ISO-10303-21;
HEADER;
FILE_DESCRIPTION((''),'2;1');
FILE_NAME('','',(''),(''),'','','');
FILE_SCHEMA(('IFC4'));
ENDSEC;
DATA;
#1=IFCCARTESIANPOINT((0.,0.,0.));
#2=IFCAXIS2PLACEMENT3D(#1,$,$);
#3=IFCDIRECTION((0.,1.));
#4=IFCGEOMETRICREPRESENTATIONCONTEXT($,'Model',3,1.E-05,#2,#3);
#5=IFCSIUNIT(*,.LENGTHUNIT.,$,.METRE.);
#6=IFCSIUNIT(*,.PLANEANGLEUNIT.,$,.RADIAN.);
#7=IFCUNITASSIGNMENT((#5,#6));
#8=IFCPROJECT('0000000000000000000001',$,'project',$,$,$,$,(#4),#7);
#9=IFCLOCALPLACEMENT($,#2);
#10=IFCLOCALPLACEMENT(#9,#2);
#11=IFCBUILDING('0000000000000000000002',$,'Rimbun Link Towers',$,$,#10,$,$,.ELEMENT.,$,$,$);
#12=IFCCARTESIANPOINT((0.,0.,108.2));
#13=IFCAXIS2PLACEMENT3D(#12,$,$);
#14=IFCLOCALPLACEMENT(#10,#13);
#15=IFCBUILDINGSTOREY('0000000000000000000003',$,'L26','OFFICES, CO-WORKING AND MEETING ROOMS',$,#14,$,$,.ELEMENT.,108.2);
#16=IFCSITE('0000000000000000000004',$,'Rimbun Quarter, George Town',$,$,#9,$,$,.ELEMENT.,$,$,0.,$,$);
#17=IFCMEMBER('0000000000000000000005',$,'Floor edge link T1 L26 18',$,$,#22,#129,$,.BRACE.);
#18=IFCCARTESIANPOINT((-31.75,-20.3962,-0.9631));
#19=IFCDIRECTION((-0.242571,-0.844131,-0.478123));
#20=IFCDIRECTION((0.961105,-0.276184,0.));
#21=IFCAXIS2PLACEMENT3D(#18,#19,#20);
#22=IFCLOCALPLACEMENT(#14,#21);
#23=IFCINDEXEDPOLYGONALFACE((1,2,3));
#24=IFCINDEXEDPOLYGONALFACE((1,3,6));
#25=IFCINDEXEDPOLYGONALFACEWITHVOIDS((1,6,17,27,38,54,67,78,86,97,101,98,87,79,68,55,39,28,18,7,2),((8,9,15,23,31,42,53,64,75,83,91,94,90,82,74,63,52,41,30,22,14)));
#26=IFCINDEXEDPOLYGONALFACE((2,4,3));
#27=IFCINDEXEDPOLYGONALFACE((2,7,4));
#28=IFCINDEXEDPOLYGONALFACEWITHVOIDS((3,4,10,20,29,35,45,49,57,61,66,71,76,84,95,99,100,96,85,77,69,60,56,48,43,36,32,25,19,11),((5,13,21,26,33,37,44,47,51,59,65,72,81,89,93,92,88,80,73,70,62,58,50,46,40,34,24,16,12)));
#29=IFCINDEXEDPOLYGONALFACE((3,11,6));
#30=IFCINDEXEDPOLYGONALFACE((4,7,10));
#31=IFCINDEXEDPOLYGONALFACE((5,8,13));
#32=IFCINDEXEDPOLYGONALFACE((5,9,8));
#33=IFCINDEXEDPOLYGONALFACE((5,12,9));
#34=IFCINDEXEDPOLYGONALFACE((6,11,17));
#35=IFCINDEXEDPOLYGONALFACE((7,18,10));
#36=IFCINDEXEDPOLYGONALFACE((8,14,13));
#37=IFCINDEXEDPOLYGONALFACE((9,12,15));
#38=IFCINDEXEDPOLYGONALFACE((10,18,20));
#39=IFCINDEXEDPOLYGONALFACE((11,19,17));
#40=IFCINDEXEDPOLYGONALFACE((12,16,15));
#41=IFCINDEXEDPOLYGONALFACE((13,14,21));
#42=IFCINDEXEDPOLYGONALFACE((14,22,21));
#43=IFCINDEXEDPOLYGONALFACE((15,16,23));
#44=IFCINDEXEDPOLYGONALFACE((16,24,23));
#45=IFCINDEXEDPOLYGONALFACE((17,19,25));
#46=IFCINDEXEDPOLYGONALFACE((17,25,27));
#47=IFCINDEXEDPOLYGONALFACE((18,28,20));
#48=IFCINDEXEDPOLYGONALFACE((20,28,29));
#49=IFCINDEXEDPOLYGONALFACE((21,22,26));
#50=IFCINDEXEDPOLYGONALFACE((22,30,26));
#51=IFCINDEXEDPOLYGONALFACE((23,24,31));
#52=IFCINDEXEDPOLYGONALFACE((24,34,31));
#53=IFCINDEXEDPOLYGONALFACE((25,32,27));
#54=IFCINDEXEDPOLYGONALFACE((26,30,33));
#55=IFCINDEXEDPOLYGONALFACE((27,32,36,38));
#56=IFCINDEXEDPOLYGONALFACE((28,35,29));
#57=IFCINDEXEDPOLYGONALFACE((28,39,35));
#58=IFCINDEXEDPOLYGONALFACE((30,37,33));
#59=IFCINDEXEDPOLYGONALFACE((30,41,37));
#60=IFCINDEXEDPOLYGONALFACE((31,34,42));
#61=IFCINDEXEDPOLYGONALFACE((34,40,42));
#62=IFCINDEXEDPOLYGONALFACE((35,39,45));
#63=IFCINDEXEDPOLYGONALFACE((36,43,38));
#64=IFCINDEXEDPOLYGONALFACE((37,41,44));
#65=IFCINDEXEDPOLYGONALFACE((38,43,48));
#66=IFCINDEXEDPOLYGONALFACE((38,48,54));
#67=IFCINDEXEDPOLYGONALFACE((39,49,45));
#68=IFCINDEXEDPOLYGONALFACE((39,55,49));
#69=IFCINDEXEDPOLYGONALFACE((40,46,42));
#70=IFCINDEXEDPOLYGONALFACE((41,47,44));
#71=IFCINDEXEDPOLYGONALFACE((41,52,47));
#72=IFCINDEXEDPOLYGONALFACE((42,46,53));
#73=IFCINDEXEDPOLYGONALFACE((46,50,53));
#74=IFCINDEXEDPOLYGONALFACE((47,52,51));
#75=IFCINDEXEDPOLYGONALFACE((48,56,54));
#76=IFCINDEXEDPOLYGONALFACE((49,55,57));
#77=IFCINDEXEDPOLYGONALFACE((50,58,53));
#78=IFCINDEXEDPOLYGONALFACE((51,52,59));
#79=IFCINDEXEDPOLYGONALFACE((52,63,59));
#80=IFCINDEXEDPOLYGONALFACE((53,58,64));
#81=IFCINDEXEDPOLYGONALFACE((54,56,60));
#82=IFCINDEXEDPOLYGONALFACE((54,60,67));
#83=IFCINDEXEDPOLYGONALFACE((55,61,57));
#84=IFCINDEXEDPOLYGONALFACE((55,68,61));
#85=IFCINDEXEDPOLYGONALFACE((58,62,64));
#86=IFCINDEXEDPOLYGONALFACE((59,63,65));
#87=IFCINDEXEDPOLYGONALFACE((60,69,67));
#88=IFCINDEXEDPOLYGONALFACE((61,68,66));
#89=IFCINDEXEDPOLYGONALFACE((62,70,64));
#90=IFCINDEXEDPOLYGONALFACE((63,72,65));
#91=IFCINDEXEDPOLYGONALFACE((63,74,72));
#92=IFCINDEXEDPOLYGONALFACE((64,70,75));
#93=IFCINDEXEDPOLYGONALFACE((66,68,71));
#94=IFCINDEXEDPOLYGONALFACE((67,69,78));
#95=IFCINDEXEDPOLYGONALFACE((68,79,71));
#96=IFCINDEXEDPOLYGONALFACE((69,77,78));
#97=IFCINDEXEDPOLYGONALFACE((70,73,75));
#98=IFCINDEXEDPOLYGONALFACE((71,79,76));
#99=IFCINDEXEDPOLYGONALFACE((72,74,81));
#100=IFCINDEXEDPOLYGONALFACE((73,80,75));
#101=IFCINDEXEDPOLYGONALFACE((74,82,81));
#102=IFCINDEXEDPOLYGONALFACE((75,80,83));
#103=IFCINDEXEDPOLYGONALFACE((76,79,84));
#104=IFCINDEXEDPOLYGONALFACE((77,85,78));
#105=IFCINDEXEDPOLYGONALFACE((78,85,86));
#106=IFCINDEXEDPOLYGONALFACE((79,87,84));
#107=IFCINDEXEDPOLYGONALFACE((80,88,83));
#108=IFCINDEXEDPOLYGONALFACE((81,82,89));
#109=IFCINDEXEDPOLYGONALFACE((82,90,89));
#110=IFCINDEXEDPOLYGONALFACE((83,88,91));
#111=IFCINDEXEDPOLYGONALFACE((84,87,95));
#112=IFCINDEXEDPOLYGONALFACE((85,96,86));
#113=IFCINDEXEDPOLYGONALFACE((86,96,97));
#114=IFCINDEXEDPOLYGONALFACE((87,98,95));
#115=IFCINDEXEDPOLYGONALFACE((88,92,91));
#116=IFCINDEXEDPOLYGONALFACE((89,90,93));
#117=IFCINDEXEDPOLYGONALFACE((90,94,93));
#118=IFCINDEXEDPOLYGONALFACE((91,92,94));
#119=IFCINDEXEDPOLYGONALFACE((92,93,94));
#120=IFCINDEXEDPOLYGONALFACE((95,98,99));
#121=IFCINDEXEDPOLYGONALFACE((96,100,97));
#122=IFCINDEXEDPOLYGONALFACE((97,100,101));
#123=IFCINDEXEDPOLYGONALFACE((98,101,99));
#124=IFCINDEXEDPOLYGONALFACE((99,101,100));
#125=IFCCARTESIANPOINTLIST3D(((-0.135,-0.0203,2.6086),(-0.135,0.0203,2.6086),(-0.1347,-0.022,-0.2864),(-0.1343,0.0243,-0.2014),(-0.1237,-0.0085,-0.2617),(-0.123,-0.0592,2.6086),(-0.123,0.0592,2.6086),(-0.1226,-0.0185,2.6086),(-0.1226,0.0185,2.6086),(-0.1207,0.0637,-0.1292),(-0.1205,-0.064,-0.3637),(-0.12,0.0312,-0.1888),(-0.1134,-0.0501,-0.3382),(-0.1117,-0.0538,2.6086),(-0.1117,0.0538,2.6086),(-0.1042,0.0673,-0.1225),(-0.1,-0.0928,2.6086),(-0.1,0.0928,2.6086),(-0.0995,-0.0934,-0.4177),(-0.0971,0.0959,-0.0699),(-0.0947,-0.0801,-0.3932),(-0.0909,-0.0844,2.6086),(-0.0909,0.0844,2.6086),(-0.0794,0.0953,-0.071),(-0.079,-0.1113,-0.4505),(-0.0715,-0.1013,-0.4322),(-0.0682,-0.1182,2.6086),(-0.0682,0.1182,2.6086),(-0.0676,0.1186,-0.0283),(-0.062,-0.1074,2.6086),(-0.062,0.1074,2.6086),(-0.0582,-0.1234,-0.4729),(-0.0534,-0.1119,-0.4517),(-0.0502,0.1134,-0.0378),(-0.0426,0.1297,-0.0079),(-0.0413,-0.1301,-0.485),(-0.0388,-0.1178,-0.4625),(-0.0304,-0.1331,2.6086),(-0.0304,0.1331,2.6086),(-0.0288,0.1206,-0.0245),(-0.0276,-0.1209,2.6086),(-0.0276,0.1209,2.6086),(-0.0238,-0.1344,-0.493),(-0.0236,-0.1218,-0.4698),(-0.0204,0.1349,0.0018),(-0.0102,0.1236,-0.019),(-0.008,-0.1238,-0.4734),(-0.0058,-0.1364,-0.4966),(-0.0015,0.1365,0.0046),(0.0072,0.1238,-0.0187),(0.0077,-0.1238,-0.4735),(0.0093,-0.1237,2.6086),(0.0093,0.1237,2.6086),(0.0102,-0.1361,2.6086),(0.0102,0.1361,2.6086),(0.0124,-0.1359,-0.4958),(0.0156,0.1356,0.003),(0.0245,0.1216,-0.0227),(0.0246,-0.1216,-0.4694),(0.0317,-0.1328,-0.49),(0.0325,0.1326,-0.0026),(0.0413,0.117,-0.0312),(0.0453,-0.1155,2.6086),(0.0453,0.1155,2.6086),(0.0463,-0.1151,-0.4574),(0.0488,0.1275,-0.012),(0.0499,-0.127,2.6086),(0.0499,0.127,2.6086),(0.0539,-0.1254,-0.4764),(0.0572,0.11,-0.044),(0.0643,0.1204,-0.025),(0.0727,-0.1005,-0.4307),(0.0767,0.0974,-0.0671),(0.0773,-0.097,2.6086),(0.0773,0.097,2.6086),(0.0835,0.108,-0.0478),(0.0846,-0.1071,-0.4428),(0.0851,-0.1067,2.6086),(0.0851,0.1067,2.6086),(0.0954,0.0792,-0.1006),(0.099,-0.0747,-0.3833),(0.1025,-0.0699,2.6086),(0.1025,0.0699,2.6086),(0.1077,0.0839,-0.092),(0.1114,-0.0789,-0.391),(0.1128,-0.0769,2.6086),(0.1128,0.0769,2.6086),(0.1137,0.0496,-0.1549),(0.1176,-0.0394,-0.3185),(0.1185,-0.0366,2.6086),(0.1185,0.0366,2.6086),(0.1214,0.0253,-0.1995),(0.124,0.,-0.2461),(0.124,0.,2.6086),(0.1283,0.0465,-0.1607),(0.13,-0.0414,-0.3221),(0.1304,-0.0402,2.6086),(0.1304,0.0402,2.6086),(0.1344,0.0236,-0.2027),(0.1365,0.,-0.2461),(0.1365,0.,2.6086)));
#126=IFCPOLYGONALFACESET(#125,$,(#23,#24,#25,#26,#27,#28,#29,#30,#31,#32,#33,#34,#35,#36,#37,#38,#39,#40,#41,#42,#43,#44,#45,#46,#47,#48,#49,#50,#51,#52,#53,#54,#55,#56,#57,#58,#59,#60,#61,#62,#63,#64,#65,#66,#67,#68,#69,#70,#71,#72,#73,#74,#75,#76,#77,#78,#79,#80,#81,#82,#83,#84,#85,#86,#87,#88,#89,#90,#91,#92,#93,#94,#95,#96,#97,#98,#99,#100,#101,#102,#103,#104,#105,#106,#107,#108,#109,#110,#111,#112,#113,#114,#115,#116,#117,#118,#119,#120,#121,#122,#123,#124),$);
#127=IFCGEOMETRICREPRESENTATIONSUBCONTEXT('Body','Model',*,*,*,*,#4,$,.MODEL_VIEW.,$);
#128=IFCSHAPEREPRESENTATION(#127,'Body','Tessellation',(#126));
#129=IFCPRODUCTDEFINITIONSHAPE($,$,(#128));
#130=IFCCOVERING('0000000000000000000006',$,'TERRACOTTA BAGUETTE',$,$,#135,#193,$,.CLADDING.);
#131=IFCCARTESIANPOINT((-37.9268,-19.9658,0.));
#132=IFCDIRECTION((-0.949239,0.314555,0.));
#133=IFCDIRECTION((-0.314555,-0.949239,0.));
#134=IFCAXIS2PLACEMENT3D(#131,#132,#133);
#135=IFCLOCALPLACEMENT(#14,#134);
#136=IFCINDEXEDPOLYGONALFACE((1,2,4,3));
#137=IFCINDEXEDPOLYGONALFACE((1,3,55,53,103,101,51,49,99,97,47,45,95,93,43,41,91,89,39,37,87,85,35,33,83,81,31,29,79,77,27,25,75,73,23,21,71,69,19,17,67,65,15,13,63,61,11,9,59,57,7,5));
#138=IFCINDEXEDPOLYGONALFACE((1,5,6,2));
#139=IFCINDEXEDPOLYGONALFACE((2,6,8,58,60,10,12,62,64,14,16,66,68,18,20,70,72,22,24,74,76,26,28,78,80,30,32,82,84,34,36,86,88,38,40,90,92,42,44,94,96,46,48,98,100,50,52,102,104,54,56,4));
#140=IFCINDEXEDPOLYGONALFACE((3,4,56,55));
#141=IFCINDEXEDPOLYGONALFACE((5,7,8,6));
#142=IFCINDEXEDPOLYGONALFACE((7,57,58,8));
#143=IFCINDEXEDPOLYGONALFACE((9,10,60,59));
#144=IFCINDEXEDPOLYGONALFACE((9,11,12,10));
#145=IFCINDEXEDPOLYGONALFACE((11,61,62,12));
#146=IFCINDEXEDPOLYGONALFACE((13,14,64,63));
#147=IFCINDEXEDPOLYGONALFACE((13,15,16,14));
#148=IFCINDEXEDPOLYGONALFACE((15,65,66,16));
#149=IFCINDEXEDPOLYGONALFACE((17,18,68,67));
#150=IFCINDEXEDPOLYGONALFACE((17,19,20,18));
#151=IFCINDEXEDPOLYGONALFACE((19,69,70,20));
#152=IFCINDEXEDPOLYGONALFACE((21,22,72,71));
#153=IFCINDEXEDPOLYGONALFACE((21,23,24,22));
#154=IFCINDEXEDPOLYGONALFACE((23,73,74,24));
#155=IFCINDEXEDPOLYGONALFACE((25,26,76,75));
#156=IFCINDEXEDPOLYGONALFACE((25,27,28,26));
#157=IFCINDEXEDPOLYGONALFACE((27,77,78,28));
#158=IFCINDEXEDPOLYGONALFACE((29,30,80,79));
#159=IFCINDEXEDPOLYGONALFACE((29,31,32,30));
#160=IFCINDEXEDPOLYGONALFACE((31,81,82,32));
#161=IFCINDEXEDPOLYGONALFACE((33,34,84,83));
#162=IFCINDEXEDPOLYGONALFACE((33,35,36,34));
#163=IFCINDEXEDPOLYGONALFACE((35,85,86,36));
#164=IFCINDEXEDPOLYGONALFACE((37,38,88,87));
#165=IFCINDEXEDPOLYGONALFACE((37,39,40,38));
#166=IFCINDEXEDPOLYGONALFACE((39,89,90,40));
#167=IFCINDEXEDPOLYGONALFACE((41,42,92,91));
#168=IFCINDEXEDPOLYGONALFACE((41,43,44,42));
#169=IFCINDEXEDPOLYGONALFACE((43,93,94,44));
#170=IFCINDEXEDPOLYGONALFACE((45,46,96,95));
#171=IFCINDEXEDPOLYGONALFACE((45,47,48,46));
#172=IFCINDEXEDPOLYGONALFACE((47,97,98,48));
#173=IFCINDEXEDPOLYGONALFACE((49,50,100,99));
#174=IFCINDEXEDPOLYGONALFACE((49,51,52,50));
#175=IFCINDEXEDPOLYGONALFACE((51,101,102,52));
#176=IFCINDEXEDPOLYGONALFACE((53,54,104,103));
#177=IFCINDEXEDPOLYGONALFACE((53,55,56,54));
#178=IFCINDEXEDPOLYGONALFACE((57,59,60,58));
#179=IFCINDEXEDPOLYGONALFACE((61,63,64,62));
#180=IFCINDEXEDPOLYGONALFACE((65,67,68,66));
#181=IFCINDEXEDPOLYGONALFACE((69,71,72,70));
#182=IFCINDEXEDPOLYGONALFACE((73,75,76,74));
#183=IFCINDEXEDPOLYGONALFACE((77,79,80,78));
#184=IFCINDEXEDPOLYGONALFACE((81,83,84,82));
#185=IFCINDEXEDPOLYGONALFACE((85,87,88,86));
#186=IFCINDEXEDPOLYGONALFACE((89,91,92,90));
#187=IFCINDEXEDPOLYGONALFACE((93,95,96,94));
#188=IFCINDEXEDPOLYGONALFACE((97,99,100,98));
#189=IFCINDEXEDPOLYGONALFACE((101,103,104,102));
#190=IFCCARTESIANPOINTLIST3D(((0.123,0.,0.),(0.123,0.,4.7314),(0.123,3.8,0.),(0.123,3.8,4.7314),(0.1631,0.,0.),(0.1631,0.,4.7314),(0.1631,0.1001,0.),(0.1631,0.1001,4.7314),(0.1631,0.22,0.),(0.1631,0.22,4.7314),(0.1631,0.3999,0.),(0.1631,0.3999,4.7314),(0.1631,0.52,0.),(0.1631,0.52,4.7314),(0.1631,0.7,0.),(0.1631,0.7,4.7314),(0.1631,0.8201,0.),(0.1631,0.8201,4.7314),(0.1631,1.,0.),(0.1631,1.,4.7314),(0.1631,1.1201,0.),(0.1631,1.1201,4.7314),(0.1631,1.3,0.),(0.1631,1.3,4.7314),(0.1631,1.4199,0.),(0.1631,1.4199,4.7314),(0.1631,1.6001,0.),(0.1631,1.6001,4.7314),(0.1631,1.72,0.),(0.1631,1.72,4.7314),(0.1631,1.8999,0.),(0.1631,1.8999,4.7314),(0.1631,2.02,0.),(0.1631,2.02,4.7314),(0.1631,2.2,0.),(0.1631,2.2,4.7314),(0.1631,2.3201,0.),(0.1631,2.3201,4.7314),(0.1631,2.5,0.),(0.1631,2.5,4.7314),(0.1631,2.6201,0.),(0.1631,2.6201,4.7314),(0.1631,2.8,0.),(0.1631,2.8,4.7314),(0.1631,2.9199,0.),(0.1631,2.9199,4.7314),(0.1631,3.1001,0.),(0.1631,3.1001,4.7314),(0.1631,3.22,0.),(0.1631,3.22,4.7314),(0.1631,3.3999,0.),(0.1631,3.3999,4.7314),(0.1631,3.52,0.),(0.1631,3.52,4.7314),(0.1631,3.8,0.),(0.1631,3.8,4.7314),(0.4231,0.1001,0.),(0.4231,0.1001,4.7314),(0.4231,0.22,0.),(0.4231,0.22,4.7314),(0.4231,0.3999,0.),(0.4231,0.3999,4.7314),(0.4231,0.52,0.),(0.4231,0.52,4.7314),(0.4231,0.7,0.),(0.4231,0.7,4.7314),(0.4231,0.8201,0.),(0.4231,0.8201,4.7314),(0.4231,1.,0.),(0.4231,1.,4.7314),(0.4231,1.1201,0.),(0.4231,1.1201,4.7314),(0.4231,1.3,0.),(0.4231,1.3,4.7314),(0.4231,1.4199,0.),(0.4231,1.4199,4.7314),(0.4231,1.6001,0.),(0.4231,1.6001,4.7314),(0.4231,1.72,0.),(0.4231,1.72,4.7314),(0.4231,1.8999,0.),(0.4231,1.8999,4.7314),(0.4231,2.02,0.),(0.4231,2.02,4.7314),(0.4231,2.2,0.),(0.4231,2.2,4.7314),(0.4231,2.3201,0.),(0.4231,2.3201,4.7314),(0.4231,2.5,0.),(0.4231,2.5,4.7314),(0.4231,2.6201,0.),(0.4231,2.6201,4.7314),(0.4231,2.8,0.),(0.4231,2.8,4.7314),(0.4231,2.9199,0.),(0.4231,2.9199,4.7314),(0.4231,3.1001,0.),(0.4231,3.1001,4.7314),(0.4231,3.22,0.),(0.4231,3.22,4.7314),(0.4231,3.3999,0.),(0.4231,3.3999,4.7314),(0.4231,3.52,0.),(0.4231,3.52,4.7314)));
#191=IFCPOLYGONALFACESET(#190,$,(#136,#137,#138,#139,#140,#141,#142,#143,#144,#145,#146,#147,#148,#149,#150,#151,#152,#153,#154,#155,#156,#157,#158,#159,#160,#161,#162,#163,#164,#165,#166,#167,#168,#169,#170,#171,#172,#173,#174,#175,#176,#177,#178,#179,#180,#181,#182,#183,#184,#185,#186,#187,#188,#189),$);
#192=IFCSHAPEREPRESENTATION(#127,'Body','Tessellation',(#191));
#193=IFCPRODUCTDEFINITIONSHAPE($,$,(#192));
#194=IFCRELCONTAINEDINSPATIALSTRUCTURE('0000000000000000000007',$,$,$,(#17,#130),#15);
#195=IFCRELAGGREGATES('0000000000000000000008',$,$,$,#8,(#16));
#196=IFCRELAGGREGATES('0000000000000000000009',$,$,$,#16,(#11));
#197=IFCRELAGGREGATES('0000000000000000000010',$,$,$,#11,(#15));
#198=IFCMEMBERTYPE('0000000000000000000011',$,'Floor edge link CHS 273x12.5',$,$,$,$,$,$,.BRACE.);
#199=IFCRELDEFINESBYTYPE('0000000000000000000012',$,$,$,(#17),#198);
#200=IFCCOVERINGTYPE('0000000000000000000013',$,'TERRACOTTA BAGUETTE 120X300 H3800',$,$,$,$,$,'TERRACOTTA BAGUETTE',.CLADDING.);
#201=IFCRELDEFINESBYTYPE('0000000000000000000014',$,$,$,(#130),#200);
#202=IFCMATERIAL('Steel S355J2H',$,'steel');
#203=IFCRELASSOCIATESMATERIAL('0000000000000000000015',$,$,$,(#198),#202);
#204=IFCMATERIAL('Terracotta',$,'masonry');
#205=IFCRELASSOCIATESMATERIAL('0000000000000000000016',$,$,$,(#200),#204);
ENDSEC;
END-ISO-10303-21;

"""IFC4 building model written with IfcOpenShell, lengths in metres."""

from ifc_helpers import new_model, si_unit, direction, frame, origin, origin_2d, place, context, subcontext, project, spatial, polyline, hollow_circle, outline, extrude, clip, halfspace, material, material_profile, profile_set, type_object, element, save


model = new_model("IFC4")

# Units and contexts
model_context = context("Model", 3, precision=1e-05, world=origin(), true_north=direction((0.0, 1.0)))
body_context = subcontext(model_context, "Body", "Model", "MODEL_VIEW")
ifc_project = project(units=[si_unit("LENGTHUNIT", "METRE"), si_unit("PLANEANGLEUNIT", "RADIAN")], contexts=[model_context])

# Site, building, storey
site_placement = place(None, origin())
site = spatial("IfcSite", under=ifc_project, at=site_placement, Name="Rimbun Quarter, George Town", CompositionType="ELEMENT", RefElevation=0.0)
building_placement = place(site_placement, origin())
building = spatial("IfcBuilding", under=site, at=building_placement, Name="Rimbun Link Towers", CompositionType="ELEMENT")
storey_placement = place(building_placement, frame((0.0, 0.0, 108.2)))
storey = spatial("IfcBuildingStorey", under=building, at=storey_placement, Name="L26", Description="OFFICES, CO-WORKING AND MEETING ROOMS", CompositionType="ELEMENT", Elevation=108.2)

# Member
ifc_material_1 = material(Name="Steel S355J2H", Category="steel")
ifc_material_profile_1 = material_profile(ifc_material_1, hollow_circle(Radius=0.1365, WallThickness=0.0125, at=origin_2d()), Name="CHS 273x12.5")
ifc_profile_set_1 = profile_set([ifc_material_profile_1], Name="Steel S355J2H")
member_type_1 = type_object("IfcMemberType", Name="Floor edge link CHS 273x12.5", PredefinedType="BRACE", material=ifc_profile_set_1)
member_1_placement = place(storey_placement, frame((-31.75, -20.3962, -0.9631), z_axis=(-0.242571, -0.844131, -0.478123), x_axis=(0.961105, -0.276184, 0.0)))
element("IfcMember", 1, at=member_1_placement, inside=storey, type_object=member_type_1, Name="Floor edge link T1 L26 18", PredefinedType="BRACE", context=body_context, shape_type="Clipping", body=[
    clip(extrude(hollow_circle(Radius=0.1365, WallThickness=0.0125, at=origin_2d()), frame((0.0, 0.0, -0.5225)), (0.0, 0.0, 1.0), 3.1311), halfspace(frame((0.0, 0.0, -0.2461), z_axis=(0.0, 0.878293, -0.478123)), False)),
])

# Covering
ifc_material_2 = material(Name="Terracotta", Category="masonry")
ifc_material_profile_2 = material_profile(ifc_material_2, outline(polyline([(0.123, 0.0), (0.1631, 0.0), (0.1631, 0.1001), (0.4231, 0.1001), (0.4231, 0.22), (0.1631, 0.22), (0.1631, 0.3999), (0.4231, 0.3999), (0.4231, 0.52), (0.1631, 0.52), (0.1631, 0.7), (0.4231, 0.7), (0.4231, 0.8201), (0.1631, 0.8201), (0.1631, 1.0), (0.4231, 1.0), (0.4231, 1.1201), (0.1631, 1.1201), (0.1631, 1.3), (0.4231, 1.3), (0.4231, 1.4199), (0.1631, 1.4199), (0.1631, 1.6001), (0.4231, 1.6001), (0.4231, 1.72), (0.1631, 1.72), (0.1631, 1.8999), (0.4231, 1.8999), (0.4231, 2.02), (0.1631, 2.02), (0.1631, 2.2), (0.4231, 2.2), (0.4231, 2.3201), (0.1631, 2.3201), (0.1631, 2.5), (0.4231, 2.5), (0.4231, 2.6201), (0.1631, 2.6201), (0.1631, 2.8), (0.4231, 2.8), (0.4231, 2.9199), (0.1631, 2.9199), (0.1631, 3.1001), (0.4231, 3.1001), (0.4231, 3.22), (0.1631, 3.22), (0.1631, 3.3999), (0.4231, 3.3999), (0.4231, 3.52), (0.1631, 3.52), (0.1631, 3.8), (0.123, 3.8), (0.123, 0.0)])), Name="BAGUETTE 120X300")
ifc_profile_set_2 = profile_set([ifc_material_profile_2], Name="Terracotta")
covering_type = type_object("IfcCoveringType", Name="TERRACOTTA BAGUETTE 120X300 H3800", ElementType="TERRACOTTA BAGUETTE", PredefinedType="CLADDING", material=ifc_profile_set_2)
covering_placement = place(storey_placement, frame((-37.9268, -19.9658, 0.0), z_axis=(-0.949239, 0.314555, 0.0), x_axis=(-0.314555, -0.949239, 0.0)))
element("IfcCovering", 2, at=covering_placement, inside=storey, type_object=covering_type, Name="TERRACOTTA BAGUETTE", PredefinedType="CLADDING", context=body_context, shape_type="SweptSolid", body=[
    extrude(outline(polyline([(0.123, 0.0), (0.1631, 0.0), (0.1631, 0.1001), (0.4231, 0.1001), (0.4231, 0.22), (0.1631, 0.22), (0.1631, 0.3999), (0.4231, 0.3999), (0.4231, 0.52), (0.1631, 0.52), (0.1631, 0.7), (0.4231, 0.7), (0.4231, 0.8201), (0.1631, 0.8201), (0.1631, 1.0), (0.4231, 1.0), (0.4231, 1.1201), (0.1631, 1.1201), (0.1631, 1.3), (0.4231, 1.3), (0.4231, 1.4199), (0.1631, 1.4199), (0.1631, 1.6001), (0.4231, 1.6001), (0.4231, 1.72), (0.1631, 1.72), (0.1631, 1.8999), (0.4231, 1.8999), (0.4231, 2.02), (0.1631, 2.02), (0.1631, 2.2), (0.4231, 2.2), (0.4231, 2.3201), (0.1631, 2.3201), (0.1631, 2.5), (0.4231, 2.5), (0.4231, 2.6201), (0.1631, 2.6201), (0.1631, 2.8), (0.4231, 2.8), (0.4231, 2.9199), (0.1631, 2.9199), (0.1631, 3.1001), (0.4231, 3.1001), (0.4231, 3.22), (0.1631, 3.22), (0.1631, 3.3999), (0.4231, 3.3999), (0.4231, 3.52), (0.1631, 3.52), (0.1631, 3.8), (0.123, 3.8), (0.123, 0.0)])), origin(), (0.0, 0.0, 1.0), 4.7314),
])

save(model, "model.ifc")
